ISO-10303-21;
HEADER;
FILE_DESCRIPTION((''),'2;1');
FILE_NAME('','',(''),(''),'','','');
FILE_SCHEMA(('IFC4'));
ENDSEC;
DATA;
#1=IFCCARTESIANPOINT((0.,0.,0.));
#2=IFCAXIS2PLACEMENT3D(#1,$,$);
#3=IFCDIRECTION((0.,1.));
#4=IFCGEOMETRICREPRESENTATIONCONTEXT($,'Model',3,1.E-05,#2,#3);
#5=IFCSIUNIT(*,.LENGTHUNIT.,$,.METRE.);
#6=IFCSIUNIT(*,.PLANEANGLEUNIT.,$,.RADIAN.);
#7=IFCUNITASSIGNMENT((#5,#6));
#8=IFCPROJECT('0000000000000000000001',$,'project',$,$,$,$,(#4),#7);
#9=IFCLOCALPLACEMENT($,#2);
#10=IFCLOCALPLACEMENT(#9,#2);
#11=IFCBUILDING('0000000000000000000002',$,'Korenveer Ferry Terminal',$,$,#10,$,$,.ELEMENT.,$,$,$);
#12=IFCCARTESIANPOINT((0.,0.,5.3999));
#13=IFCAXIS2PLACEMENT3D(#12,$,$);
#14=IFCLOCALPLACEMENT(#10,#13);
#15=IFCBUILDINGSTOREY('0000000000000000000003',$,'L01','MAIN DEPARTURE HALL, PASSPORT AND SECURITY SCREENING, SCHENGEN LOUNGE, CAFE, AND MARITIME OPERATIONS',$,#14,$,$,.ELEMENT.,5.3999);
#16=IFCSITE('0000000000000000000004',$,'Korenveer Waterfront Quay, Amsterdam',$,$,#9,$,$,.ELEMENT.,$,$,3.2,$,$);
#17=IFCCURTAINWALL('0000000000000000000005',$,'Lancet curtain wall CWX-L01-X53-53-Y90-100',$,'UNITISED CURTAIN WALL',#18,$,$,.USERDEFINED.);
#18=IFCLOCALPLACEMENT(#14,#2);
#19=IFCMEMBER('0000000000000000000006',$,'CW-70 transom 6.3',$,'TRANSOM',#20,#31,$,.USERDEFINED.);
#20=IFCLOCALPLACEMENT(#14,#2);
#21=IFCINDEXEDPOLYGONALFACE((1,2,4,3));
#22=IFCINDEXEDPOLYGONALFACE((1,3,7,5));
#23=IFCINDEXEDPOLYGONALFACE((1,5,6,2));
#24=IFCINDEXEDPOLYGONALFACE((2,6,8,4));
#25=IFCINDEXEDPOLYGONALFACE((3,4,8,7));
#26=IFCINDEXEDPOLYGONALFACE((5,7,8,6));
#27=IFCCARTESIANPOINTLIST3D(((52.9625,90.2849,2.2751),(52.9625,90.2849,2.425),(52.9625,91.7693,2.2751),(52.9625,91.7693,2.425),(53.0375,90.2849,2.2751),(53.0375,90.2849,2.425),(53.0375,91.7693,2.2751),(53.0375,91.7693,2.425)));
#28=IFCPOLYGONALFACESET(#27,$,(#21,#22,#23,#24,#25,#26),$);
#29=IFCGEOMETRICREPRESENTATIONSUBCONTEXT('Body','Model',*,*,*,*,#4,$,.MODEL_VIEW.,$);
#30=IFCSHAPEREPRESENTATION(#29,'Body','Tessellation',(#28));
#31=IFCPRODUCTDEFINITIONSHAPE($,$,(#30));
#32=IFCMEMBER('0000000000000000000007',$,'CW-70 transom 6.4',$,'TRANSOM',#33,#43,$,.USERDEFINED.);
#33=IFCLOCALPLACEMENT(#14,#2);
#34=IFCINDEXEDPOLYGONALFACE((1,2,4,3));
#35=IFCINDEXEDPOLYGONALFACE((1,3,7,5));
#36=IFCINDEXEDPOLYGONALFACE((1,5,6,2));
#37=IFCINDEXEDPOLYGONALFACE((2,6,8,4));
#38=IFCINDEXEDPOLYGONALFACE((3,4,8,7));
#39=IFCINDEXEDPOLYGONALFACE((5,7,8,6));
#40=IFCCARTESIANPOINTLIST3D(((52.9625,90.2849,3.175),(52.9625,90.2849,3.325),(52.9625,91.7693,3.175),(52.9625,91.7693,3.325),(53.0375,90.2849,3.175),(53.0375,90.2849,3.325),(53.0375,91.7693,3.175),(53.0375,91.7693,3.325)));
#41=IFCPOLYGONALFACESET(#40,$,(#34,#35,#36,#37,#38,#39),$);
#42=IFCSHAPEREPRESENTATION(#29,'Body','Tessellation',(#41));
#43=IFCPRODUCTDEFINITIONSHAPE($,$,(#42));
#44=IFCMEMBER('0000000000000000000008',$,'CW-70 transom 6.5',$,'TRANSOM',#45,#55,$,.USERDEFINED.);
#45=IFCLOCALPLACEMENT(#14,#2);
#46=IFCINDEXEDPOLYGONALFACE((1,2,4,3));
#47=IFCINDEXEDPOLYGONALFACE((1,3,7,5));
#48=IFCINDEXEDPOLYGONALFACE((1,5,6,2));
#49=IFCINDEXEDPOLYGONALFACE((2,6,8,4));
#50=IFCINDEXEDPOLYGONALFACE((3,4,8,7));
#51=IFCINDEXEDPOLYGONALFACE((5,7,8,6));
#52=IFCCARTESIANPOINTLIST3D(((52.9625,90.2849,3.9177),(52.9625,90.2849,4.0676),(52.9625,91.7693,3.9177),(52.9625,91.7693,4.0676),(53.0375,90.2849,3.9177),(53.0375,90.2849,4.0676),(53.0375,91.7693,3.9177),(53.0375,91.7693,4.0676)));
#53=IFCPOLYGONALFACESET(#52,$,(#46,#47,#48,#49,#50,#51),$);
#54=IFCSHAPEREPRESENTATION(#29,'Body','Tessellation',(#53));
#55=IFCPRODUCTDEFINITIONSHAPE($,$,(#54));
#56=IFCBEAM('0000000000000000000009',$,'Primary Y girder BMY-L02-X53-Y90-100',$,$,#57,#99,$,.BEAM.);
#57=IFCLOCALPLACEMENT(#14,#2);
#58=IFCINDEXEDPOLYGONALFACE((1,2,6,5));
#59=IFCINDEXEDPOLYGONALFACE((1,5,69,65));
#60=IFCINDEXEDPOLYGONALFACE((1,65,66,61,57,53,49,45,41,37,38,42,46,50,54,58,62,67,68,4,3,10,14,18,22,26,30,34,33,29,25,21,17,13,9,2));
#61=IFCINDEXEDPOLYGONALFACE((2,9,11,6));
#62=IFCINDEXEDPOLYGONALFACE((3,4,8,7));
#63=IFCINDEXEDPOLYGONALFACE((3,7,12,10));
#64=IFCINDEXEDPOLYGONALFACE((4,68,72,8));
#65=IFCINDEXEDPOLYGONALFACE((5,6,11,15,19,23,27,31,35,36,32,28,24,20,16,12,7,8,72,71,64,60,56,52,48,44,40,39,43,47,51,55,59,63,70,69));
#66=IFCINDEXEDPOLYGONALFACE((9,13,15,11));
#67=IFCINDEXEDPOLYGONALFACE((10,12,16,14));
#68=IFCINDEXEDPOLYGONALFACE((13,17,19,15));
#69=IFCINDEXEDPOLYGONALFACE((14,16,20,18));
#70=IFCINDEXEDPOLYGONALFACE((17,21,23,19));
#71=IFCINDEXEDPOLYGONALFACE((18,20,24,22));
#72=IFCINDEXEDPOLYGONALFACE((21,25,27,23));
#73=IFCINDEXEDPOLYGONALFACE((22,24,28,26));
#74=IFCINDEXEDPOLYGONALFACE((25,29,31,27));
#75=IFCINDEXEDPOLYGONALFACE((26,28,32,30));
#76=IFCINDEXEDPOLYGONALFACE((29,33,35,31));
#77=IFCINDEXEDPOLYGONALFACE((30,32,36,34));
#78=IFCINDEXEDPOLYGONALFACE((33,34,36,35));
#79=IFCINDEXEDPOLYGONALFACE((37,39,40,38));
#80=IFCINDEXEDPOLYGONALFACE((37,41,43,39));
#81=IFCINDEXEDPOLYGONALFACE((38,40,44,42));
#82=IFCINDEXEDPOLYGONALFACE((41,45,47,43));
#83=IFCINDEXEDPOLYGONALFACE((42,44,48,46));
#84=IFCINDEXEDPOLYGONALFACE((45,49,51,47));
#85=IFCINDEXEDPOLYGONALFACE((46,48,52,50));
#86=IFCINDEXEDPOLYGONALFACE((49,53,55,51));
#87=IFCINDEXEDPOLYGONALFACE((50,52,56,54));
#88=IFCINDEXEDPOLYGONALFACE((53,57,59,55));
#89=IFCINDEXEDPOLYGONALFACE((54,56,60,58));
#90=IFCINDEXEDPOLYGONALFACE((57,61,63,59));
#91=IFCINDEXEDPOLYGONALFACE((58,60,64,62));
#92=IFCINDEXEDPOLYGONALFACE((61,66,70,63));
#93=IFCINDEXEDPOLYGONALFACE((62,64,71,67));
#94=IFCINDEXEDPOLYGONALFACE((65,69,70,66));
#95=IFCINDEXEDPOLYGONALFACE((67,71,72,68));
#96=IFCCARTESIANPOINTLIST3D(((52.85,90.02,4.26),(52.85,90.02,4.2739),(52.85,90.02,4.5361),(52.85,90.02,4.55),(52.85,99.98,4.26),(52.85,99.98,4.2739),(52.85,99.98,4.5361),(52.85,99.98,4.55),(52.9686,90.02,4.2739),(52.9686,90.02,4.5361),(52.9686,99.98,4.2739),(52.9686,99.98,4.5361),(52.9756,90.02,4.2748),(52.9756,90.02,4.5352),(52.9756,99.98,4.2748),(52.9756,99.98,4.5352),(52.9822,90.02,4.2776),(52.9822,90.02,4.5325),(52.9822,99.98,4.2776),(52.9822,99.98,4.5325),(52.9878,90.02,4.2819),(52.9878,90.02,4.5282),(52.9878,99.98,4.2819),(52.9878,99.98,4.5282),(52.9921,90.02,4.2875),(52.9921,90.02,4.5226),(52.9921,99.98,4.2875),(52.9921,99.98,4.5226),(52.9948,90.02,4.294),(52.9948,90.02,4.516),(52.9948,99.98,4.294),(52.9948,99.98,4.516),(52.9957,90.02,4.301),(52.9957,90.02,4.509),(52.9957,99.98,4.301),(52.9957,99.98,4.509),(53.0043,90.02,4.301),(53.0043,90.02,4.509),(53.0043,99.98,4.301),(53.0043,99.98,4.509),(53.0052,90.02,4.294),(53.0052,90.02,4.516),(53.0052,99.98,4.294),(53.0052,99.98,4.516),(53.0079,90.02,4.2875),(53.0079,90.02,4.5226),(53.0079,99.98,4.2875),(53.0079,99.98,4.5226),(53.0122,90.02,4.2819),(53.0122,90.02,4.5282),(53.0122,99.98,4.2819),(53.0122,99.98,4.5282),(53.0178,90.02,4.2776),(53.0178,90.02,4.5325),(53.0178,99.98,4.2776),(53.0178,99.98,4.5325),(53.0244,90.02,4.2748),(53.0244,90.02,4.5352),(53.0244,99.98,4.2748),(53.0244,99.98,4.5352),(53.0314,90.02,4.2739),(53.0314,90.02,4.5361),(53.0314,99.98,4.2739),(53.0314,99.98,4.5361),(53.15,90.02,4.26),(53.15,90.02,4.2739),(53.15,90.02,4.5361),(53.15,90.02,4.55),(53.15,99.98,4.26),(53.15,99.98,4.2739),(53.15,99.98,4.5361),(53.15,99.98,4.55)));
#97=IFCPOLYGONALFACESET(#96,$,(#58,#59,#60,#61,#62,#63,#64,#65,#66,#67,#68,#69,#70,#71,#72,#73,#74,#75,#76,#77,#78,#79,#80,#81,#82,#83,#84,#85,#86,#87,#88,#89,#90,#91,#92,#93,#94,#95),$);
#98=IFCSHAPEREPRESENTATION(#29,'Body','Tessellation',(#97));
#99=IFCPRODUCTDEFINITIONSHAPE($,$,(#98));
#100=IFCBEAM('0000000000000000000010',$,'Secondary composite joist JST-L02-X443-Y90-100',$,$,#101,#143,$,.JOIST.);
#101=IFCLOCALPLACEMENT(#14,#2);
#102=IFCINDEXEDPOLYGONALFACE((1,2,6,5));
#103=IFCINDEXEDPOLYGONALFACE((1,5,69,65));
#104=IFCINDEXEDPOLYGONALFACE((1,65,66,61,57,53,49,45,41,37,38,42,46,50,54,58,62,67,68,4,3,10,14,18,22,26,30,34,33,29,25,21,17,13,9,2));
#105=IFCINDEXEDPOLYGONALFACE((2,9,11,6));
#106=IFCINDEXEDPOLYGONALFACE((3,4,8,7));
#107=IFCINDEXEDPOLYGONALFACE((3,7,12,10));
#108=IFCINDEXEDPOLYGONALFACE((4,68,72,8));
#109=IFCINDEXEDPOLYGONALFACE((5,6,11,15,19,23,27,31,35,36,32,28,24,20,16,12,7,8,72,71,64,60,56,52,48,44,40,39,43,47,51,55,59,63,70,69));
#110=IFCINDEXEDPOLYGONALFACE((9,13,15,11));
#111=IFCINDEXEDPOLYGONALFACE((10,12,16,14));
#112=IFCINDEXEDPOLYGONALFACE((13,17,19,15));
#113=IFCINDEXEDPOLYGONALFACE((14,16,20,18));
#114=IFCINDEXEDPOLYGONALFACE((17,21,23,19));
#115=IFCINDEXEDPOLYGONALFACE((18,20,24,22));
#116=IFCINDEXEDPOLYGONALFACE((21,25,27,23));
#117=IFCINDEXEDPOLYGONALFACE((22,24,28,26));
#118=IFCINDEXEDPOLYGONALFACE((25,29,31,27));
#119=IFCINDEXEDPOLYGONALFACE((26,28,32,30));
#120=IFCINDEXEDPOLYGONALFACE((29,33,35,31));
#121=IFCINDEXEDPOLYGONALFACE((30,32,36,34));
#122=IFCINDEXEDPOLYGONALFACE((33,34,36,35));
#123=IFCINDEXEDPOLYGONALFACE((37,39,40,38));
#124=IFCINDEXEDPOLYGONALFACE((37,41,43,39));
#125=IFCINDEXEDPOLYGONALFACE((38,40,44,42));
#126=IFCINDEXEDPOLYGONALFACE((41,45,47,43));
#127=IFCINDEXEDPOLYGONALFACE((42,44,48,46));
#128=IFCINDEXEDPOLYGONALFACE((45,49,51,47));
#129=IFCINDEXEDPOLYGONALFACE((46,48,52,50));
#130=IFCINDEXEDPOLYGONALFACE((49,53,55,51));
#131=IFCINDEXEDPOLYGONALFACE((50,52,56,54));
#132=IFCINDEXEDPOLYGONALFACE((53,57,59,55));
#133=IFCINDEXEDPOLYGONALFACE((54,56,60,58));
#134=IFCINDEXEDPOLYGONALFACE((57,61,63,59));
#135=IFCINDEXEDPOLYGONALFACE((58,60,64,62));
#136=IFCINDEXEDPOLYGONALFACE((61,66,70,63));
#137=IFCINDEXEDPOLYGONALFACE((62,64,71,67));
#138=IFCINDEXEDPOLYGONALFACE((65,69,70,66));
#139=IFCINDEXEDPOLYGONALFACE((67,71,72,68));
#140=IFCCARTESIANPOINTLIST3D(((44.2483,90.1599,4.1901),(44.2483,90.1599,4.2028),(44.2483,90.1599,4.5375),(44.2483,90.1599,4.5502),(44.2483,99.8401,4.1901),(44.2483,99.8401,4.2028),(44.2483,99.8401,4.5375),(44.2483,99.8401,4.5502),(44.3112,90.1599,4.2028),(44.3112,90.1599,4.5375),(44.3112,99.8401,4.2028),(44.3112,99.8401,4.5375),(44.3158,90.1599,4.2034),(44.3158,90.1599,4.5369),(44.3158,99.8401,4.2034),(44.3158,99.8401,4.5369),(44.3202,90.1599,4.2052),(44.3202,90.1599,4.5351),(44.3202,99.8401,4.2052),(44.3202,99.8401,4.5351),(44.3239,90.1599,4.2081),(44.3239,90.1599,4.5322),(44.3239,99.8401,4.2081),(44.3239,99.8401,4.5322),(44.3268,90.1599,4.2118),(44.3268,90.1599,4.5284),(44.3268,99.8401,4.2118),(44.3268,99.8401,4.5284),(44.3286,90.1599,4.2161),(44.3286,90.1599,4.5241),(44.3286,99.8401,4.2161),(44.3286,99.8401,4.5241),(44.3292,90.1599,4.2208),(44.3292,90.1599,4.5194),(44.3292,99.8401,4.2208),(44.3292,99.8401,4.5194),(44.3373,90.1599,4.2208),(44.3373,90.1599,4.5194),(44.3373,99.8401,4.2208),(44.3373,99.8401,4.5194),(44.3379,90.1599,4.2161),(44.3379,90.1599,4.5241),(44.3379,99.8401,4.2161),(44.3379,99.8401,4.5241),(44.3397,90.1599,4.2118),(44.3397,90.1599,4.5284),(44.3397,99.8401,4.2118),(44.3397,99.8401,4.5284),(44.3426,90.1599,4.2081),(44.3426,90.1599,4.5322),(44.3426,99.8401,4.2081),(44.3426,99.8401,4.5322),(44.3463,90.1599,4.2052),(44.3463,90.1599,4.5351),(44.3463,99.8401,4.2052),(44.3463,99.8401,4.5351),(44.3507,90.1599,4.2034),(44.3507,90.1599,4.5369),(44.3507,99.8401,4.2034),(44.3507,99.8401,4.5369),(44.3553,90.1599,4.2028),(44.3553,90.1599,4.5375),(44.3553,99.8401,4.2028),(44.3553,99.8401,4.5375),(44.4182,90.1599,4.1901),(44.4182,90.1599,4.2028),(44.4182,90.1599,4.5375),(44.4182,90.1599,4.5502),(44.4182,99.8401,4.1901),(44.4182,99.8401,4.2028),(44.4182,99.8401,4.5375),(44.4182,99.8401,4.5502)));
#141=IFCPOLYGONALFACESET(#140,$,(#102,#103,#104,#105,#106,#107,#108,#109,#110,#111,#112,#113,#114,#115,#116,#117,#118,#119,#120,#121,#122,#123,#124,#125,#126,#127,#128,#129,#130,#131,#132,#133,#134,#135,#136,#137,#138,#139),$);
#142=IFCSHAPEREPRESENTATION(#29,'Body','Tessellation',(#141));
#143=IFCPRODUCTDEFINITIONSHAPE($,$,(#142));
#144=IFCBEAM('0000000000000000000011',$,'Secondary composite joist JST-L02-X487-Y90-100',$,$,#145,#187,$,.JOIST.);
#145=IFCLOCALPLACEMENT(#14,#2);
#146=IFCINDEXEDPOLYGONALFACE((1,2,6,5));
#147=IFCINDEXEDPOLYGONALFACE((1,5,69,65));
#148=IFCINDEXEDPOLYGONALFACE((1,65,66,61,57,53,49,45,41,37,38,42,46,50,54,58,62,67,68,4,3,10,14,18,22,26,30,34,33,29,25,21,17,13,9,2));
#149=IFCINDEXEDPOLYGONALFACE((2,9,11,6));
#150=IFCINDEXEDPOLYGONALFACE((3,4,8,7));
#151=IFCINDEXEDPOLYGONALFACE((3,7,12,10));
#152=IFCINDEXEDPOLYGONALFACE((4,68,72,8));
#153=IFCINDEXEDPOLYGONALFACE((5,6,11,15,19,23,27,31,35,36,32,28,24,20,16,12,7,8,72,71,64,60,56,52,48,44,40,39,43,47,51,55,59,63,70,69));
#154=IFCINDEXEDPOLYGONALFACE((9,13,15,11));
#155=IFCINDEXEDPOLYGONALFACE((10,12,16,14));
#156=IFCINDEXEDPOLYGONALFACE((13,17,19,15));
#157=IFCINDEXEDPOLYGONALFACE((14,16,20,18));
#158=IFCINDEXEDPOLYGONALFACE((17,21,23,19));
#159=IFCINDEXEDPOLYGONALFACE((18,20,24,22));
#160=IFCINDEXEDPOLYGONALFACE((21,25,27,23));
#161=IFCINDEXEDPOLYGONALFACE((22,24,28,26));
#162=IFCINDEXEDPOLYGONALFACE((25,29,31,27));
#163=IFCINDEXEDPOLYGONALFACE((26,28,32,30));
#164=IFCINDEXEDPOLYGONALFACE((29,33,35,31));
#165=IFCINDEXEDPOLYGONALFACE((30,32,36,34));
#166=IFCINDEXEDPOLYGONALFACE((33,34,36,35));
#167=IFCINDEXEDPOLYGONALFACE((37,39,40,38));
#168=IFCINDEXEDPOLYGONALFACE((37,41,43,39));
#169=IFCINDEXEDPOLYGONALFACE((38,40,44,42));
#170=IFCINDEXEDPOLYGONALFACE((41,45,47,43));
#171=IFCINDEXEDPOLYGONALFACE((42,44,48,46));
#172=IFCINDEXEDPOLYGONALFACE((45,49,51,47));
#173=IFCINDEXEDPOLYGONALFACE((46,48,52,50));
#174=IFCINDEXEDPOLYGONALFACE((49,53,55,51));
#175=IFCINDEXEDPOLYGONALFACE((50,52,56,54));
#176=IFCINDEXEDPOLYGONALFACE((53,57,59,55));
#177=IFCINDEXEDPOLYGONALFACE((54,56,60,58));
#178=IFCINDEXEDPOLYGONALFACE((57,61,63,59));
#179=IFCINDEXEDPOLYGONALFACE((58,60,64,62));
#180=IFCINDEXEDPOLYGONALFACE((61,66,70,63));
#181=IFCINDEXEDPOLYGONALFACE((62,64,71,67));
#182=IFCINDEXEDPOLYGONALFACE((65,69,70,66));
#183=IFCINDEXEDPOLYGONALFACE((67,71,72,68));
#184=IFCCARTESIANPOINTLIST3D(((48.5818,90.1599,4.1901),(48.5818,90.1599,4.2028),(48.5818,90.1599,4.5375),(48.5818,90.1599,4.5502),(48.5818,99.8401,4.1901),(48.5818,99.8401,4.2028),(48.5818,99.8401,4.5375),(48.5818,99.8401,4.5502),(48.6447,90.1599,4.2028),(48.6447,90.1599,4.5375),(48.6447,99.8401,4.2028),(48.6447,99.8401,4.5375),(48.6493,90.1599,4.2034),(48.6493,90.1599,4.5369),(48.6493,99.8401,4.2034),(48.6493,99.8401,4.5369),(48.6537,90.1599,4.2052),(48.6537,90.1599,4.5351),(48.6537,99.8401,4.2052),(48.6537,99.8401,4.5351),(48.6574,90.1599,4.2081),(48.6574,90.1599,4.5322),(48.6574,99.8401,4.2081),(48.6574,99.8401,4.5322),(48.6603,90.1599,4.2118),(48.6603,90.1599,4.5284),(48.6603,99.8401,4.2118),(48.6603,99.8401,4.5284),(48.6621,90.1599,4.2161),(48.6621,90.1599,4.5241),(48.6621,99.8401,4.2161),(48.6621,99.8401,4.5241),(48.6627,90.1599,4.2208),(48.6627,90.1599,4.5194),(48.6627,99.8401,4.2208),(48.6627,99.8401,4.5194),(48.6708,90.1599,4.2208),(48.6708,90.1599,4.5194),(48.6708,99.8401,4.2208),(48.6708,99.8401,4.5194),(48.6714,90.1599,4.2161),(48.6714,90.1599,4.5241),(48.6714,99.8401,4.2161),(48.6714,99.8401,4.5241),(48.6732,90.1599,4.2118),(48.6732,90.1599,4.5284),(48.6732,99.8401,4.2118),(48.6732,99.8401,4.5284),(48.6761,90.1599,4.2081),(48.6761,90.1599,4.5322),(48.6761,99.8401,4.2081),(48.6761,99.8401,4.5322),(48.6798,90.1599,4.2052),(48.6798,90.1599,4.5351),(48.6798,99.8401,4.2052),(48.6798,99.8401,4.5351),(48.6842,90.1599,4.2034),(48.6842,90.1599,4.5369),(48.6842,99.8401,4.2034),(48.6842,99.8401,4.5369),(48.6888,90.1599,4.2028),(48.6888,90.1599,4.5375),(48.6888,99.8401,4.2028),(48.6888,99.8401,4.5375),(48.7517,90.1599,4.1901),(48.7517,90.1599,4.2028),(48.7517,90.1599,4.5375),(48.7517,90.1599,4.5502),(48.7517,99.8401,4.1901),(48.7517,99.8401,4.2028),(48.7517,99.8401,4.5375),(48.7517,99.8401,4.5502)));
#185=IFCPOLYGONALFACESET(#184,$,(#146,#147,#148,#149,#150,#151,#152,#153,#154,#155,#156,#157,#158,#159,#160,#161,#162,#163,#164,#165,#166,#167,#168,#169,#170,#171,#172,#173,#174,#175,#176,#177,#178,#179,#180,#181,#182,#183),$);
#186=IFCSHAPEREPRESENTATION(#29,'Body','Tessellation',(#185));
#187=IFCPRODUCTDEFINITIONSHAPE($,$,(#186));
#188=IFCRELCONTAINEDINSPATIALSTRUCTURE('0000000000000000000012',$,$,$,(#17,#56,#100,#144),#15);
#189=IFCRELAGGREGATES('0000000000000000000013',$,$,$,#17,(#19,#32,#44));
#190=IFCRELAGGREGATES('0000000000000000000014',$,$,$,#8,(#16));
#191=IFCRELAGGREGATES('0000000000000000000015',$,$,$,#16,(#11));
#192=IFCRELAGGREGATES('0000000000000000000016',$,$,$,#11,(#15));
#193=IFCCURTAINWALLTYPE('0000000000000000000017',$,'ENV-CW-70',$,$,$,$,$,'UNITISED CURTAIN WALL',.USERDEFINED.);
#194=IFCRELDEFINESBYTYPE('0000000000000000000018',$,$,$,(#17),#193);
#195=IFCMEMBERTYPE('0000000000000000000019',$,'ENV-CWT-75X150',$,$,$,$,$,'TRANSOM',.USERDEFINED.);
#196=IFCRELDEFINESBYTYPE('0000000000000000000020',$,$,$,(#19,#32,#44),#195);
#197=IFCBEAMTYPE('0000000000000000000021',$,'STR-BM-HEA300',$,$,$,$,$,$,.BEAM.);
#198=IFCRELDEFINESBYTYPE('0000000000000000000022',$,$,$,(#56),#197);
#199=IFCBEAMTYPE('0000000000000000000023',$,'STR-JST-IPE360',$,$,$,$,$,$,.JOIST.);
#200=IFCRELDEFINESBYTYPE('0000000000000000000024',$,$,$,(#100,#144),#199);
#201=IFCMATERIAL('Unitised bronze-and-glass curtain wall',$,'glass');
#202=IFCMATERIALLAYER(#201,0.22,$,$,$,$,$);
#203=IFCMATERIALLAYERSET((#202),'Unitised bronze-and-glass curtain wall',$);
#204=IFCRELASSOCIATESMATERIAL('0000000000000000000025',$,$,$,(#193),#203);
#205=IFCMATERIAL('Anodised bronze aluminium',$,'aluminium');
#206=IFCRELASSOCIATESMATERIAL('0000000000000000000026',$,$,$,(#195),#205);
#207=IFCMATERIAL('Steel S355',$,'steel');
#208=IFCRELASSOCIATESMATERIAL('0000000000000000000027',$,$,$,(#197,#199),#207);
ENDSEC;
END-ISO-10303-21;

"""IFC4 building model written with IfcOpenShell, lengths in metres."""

from ifc_helpers import new_model, si_unit, direction, frame, origin, origin_2d, place, context, subcontext, project, spatial, rectangle, i_section, extrude, material, layer, layer_set, material_profile, profile_set, type_object, element, aggregate, save


model = new_model("IFC4")

# Units and contexts
model_context = context("Model", 3, precision=1e-05, world=origin(), true_north=direction((0.0, 1.0)))
body_context = subcontext(model_context, "Body", "Model", "MODEL_VIEW")
ifc_project = project(units=[si_unit("LENGTHUNIT", "METRE"), si_unit("PLANEANGLEUNIT", "RADIAN")], contexts=[model_context])

# Site, building, storey
site_placement = place(None, origin())
site = spatial("IfcSite", under=ifc_project, at=site_placement, Name="Korenveer Waterfront Quay, Amsterdam", CompositionType="ELEMENT", RefElevation=3.2)
building_placement = place(site_placement, origin())
building = spatial("IfcBuilding", under=site, at=building_placement, Name="Korenveer Ferry Terminal", CompositionType="ELEMENT")
storey_placement = place(building_placement, frame((0.0, 0.0, 5.3999)))
storey = spatial("IfcBuildingStorey", under=building, at=storey_placement, Name="L01", Description="MAIN DEPARTURE HALL, PASSPORT AND SECURITY SCREENING, SCHENGEN LOUNGE, CAFE, AND MARITIME OPERATIONS", CompositionType="ELEMENT", Elevation=5.3999)

# Curtain wall, members
ifc_material_1 = material(Name="Unitised bronze-and-glass curtain wall", Category="glass")
ifc_layer_1 = layer(ifc_material_1, 0.22)
ifc_layer_set_1 = layer_set([ifc_layer_1], Name="Unitised bronze-and-glass curtain wall")
curtain_wall_type = type_object("IfcCurtainWallType", Name="ENV-CW-70", ElementType="UNITISED CURTAIN WALL", PredefinedType="USERDEFINED", material=ifc_layer_set_1)
curtain_wall_placement = place(storey_placement, frame((53.0, 99.79, 0.0)))
curtain_wall = element("IfcCurtainWall", 1, at=curtain_wall_placement, inside=storey, type_object=curtain_wall_type, Name="Lancet curtain wall CWX-L01-X53-53-Y90-100", ObjectType="UNITISED CURTAIN WALL", PredefinedType="USERDEFINED")
ifc_material_2 = material(Name="Anodised bronze aluminium", Category="aluminium")
ifc_material_profile_1 = material_profile(ifc_material_2, rectangle(XDim=0.075, YDim=0.1499, at=origin_2d()), Name="ALU 75x150")
ifc_profile_set_1 = profile_set([ifc_material_profile_1], Name="Anodised bronze aluminium")
member_type_1 = type_object("IfcMemberType", Name="ENV-CWT-75X150", ElementType="TRANSOM", PredefinedType="USERDEFINED", material=ifc_profile_set_1)
member_1_placement = place(storey_placement, frame((53.0, 91.7693, 2.3501), z_axis=(0.0, -1.0, 0.0), x_axis=(1.0, 0.0, 0.0)))
member_1 = element("IfcMember", 2, at=member_1_placement, type_object=member_type_1, Name="CW-70 transom 6.3", ObjectType="TRANSOM", PredefinedType="USERDEFINED", context=body_context, shape_type="SweptSolid", body=[
    extrude(rectangle(XDim=0.075, YDim=0.1499, at=origin_2d()), origin(), (0.0, 0.0, 1.0), 1.4844),
])
member_2_placement = place(storey_placement, frame((53.0, 91.7693, 3.25), z_axis=(0.0, -1.0, 0.0), x_axis=(1.0, 0.0, 0.0)))
member_2 = element("IfcMember", 3, at=member_2_placement, type_object=member_type_1, Name="CW-70 transom 6.4", ObjectType="TRANSOM", PredefinedType="USERDEFINED", context=body_context, shape_type="SweptSolid", body=[
    extrude(rectangle(XDim=0.075, YDim=0.1499, at=origin_2d()), origin(), (0.0, 0.0, 1.0), 1.4844),
])
member_3_placement = place(storey_placement, frame((53.0, 91.7693, 3.9927), z_axis=(0.0, -1.0, 0.0), x_axis=(1.0, 0.0, 0.0)))
member_3 = element("IfcMember", 4, at=member_3_placement, type_object=member_type_1, Name="CW-70 transom 6.5", ObjectType="TRANSOM", PredefinedType="USERDEFINED", context=body_context, shape_type="SweptSolid", body=[
    extrude(rectangle(XDim=0.075, YDim=0.1499, at=origin_2d()), origin(), (0.0, 0.0, 1.0), 1.4844),
])

# Beams
ifc_material_3 = material(Name="Steel S355", Category="steel")
ifc_material_profile_2 = material_profile(ifc_material_3, i_section(OverallWidth=0.3, OverallDepth=0.29, WebThickness=0.0085, FlangeThickness=0.0139, FilletRadius=0.0271, at=origin_2d()), Name="HEA 300")
ifc_profile_set_2 = profile_set([ifc_material_profile_2], Name="Steel S355")
beam_type_1 = type_object("IfcBeamType", Name="STR-BM-HEA300", PredefinedType="BEAM", material=ifc_profile_set_2)
beam_placement = place(storey_placement, frame((53.0, 90.02, 4.405), z_axis=(0.0, 1.0, 0.0), x_axis=(-1.0, 0.0, 0.0)))
element("IfcBeam", 5, at=beam_placement, inside=storey, type_object=beam_type_1, Name="Primary Y girder BMY-L02-X53-Y90-100", PredefinedType="BEAM", context=body_context, shape_type="SweptSolid", body=[
    extrude(i_section(OverallWidth=0.3, OverallDepth=0.29, WebThickness=0.0085, FlangeThickness=0.0139, FilletRadius=0.0271, at=origin_2d()), origin(), (0.0, 0.0, 1.0), 9.96),
])
ifc_material_profile_3 = material_profile(ifc_material_3, i_section(OverallWidth=0.1699, OverallDepth=0.3601, WebThickness=0.0081, FlangeThickness=0.0127, FilletRadius=0.0181, at=origin_2d()), Name="IPE 360")
ifc_profile_set_3 = profile_set([ifc_material_profile_3], Name="Steel S355")
beam_type_2 = type_object("IfcBeamType", Name="STR-JST-IPE360", PredefinedType="JOIST", material=ifc_profile_set_3)
for number, where, z_axis, x_axis, name in (
    (6, (44.3333, 90.1599, 4.3701), (0.0, 1.0, 0.0), (-1.0, 0.0, 0.0), "Secondary composite joist JST-L02-X443-Y90-100"),
    (7, (48.6667, 90.1599, 4.3701), (0.0, 1.0, 0.0), (-1.0, 0.0, 0.0), "Secondary composite joist JST-L02-X487-Y90-100"),
):
    element("IfcBeam", number, at=place(storey_placement, frame(where, z_axis=z_axis, x_axis=x_axis)), inside=storey, type_object=beam_type_2, Name=name, PredefinedType="JOIST", context=body_context, shape_type="SweptSolid", body=[
        extrude(i_section(OverallWidth=0.1699, OverallDepth=0.3601, WebThickness=0.0081, FlangeThickness=0.0127, FilletRadius=0.0181, at=origin_2d()), origin(), (0.0, 0.0, 1.0), 9.6802),
    ])

aggregate(curtain_wall, [member_1, member_2, member_3])

save(model, "model.ifc")
